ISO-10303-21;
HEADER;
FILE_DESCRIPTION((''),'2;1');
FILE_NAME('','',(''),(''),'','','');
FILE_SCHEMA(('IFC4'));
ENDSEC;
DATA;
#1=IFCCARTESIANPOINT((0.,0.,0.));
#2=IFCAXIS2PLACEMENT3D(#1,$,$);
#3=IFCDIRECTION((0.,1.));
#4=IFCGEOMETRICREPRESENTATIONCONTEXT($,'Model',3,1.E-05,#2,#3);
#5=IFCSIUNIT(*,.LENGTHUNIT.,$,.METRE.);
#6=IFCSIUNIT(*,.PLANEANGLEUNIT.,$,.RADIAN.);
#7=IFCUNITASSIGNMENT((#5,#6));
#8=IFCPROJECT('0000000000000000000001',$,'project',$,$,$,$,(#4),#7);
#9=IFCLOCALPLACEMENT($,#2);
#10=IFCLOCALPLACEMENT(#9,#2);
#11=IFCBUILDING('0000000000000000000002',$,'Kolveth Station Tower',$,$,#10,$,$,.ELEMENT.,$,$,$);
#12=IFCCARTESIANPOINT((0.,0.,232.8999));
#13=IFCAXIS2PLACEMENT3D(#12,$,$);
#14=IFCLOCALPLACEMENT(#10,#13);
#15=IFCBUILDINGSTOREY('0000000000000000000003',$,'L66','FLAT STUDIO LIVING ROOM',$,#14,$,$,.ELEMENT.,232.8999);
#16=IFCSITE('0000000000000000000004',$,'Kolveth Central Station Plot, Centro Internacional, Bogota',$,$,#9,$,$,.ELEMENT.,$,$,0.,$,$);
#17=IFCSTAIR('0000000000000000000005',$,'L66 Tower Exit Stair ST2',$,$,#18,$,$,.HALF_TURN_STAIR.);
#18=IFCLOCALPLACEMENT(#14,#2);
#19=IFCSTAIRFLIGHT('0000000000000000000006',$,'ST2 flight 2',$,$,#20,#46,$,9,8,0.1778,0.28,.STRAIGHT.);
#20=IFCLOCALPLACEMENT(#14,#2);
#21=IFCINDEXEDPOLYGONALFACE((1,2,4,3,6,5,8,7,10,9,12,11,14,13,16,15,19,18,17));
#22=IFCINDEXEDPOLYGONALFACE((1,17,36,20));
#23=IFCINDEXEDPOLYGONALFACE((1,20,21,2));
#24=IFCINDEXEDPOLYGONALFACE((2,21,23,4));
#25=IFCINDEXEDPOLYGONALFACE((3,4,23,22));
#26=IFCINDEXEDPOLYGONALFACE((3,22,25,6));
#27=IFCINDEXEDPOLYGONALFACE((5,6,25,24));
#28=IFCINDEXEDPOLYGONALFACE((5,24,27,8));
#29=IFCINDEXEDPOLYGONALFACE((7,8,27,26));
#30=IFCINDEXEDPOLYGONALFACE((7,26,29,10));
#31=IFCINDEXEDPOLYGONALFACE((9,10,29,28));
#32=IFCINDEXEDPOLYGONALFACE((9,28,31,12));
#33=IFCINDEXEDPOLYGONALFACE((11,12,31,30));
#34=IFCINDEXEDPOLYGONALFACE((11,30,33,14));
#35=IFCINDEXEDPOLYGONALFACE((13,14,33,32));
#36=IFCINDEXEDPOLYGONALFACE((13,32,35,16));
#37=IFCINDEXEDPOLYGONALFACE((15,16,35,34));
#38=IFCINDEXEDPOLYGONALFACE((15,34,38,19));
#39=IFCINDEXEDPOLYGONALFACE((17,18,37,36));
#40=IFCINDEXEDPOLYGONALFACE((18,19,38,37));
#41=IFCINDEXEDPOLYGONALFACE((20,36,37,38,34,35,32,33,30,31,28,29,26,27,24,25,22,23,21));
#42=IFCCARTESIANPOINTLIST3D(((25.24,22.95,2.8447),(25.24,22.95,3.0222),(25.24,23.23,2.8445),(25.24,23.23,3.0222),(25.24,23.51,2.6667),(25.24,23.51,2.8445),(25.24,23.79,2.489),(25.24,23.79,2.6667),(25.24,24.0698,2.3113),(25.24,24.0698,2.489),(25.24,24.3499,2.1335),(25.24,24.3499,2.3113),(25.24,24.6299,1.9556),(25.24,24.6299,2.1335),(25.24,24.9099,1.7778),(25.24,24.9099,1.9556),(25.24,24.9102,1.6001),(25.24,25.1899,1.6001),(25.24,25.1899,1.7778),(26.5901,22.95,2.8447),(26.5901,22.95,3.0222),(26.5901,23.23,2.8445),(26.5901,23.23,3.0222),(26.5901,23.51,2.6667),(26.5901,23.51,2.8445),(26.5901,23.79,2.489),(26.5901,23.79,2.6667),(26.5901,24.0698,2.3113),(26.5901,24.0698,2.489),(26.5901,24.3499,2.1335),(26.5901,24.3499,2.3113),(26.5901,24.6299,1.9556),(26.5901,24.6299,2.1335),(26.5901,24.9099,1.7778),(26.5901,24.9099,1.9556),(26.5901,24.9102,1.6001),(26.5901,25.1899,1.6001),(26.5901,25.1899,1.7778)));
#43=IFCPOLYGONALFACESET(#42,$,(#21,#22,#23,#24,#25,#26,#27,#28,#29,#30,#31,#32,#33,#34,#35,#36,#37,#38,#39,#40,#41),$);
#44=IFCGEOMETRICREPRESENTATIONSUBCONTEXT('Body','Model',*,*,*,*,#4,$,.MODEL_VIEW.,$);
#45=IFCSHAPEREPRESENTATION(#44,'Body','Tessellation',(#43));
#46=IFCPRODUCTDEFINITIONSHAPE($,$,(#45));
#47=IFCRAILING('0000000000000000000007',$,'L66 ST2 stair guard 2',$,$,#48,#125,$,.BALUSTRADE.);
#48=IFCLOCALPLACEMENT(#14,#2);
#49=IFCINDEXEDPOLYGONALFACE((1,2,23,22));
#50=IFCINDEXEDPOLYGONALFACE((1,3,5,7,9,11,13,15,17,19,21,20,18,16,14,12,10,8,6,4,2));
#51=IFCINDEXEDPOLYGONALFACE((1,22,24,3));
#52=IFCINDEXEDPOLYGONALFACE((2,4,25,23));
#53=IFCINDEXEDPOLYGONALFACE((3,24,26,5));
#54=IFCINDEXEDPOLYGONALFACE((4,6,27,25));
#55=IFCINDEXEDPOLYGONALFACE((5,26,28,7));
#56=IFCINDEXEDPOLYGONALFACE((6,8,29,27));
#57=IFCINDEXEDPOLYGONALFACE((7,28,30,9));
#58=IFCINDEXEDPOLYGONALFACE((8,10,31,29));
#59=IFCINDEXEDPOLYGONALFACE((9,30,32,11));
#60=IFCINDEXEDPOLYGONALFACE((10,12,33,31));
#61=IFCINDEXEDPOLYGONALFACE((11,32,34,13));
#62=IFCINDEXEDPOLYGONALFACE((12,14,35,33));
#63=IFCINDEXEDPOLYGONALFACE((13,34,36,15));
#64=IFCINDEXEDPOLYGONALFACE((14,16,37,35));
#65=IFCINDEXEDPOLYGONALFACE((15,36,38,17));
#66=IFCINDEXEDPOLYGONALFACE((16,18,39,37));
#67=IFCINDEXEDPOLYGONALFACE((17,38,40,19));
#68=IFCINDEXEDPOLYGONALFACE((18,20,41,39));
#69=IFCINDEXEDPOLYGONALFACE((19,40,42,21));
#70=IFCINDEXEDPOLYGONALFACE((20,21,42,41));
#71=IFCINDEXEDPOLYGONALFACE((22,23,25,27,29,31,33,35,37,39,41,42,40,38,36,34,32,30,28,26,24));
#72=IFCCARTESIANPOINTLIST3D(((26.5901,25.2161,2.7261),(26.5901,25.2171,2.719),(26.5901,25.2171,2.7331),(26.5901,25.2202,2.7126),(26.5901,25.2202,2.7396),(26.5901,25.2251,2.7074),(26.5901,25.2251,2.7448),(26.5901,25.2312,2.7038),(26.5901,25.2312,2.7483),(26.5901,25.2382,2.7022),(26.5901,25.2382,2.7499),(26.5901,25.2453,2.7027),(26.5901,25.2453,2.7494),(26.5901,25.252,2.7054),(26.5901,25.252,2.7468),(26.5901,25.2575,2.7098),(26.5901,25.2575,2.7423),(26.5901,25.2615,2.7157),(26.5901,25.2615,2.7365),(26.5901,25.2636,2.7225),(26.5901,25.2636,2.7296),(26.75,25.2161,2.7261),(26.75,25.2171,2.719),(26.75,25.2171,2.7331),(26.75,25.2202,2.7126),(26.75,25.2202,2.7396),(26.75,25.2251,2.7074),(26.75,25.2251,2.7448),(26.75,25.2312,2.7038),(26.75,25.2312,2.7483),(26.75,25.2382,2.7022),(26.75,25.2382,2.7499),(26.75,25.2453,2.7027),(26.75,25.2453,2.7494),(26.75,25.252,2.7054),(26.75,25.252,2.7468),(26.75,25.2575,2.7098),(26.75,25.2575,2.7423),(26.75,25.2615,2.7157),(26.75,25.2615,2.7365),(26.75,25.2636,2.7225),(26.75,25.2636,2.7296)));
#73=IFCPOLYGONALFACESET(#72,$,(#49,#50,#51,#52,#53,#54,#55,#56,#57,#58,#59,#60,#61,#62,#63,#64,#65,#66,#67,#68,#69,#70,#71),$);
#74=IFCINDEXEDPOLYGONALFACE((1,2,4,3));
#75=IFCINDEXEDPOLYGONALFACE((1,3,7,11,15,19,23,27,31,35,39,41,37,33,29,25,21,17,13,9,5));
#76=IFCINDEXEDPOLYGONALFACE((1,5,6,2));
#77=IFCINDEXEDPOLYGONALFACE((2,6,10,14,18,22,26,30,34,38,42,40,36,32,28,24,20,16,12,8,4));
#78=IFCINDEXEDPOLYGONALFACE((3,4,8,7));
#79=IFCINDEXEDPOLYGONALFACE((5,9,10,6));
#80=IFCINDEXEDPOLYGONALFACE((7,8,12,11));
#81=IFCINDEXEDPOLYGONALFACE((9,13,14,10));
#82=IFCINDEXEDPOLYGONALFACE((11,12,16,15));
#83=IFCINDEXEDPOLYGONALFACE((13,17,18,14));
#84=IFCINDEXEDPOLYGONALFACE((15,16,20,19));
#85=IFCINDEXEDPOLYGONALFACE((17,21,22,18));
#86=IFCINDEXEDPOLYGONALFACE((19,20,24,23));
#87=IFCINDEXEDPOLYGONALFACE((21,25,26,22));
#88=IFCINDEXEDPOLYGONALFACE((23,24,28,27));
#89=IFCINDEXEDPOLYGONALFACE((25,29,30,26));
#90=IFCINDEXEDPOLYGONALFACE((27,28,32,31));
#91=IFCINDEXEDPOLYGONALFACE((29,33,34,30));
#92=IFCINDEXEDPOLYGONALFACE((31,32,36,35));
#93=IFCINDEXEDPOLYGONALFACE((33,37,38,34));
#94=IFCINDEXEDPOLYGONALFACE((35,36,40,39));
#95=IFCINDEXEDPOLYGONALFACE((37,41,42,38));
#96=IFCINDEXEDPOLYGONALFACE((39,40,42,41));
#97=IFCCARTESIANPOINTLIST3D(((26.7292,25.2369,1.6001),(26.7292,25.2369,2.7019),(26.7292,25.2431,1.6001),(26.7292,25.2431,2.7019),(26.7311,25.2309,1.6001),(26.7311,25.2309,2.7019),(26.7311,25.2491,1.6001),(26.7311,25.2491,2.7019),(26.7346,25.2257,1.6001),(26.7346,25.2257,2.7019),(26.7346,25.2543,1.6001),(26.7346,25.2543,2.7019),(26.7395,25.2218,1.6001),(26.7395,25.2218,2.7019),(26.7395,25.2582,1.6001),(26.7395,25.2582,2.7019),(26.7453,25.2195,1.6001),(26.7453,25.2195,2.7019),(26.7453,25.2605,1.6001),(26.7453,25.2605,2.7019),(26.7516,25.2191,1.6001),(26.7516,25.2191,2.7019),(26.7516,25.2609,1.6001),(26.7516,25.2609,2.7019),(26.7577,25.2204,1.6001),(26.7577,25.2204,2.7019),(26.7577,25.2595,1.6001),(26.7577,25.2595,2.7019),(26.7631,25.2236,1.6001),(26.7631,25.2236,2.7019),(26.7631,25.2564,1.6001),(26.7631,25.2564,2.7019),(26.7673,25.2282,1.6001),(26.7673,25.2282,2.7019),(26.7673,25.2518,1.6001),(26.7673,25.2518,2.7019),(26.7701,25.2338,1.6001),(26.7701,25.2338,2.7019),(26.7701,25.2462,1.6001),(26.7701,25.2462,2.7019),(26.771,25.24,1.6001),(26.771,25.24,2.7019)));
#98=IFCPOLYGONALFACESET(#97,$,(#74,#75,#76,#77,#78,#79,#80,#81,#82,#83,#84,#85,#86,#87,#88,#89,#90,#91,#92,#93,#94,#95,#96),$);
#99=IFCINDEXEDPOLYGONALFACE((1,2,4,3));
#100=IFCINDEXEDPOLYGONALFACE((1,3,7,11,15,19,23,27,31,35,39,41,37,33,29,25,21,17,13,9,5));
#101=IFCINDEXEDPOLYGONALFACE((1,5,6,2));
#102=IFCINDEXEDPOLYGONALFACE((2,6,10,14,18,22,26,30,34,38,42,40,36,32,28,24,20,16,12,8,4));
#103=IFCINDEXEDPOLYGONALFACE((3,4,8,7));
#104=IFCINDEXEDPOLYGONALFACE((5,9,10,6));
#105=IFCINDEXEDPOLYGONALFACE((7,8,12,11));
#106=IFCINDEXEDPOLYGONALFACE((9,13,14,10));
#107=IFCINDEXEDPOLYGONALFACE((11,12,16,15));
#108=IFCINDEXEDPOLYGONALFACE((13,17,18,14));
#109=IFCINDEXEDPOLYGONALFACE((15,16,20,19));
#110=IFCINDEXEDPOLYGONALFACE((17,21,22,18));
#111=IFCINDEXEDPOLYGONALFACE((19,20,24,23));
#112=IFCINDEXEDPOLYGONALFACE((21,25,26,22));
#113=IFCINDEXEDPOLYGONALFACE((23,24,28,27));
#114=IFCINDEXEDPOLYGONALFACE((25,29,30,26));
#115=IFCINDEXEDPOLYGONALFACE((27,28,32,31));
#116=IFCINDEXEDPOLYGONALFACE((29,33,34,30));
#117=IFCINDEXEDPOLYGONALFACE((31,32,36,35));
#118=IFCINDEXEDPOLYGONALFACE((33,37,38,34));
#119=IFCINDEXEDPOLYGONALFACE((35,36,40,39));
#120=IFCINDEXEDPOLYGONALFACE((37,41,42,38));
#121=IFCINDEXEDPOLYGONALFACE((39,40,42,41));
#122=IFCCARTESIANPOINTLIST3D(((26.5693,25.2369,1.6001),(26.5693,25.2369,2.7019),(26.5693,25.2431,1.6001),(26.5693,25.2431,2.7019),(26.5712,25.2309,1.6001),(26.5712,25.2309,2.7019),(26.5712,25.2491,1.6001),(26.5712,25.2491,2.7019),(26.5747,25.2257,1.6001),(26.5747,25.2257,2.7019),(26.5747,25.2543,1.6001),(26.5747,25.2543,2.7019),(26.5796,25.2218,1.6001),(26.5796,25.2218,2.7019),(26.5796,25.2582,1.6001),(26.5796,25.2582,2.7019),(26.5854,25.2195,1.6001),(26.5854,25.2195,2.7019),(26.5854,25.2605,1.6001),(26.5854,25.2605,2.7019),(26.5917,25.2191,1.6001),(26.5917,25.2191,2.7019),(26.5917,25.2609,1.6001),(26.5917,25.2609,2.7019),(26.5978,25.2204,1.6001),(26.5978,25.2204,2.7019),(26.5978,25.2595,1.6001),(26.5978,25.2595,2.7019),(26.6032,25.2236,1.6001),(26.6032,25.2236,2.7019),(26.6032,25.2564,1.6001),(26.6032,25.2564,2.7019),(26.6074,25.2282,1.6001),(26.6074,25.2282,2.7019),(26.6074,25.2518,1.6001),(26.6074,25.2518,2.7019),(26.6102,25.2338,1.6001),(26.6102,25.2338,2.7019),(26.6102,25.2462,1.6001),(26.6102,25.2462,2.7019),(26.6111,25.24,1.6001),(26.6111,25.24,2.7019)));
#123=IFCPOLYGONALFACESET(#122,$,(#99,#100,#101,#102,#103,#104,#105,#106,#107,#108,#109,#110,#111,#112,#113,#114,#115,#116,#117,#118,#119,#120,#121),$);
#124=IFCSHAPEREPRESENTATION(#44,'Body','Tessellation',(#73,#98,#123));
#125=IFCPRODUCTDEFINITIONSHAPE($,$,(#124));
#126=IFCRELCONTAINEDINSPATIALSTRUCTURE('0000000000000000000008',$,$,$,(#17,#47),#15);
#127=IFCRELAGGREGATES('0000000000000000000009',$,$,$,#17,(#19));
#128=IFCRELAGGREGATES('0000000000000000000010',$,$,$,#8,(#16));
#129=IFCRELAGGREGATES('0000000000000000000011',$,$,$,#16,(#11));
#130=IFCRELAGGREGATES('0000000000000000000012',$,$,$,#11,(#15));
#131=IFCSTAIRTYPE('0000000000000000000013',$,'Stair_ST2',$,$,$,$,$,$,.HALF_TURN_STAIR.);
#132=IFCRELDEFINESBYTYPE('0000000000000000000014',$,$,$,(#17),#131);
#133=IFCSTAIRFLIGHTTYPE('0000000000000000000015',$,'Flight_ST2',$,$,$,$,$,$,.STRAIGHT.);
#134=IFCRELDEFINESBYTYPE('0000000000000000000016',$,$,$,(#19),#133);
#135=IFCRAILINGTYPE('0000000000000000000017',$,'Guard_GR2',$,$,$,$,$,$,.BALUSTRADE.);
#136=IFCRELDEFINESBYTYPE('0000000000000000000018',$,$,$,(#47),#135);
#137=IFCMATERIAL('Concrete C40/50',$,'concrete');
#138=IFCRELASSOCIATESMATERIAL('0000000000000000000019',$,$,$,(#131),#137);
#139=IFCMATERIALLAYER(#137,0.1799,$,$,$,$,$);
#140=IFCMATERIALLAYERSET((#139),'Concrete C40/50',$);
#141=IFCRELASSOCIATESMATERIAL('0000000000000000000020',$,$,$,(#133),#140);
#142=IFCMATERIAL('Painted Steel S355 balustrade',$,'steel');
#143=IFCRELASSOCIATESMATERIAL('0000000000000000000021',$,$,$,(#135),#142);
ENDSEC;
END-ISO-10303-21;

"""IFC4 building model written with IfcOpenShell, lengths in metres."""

from ifc_helpers import new_model, si_unit, direction, frame, origin, origin_2d, place, context, subcontext, project, spatial, polyline, circle, outline, extrude, material, layer, layer_set, type_object, element, aggregate, save


model = new_model("IFC4")

# Units and contexts
model_context = context("Model", 3, precision=1e-05, world=origin(), true_north=direction((0.0, 1.0)))
body_context = subcontext(model_context, "Body", "Model", "MODEL_VIEW")
ifc_project = project(units=[si_unit("LENGTHUNIT", "METRE"), si_unit("PLANEANGLEUNIT", "RADIAN")], contexts=[model_context])

# Site, building, storey
site_placement = place(None, origin())
site = spatial("IfcSite", under=ifc_project, at=site_placement, Name="Kolveth Central Station Plot, Centro Internacional, Bogota", CompositionType="ELEMENT", RefElevation=0.0)
building_placement = place(site_placement, origin())
building = spatial("IfcBuilding", under=site, at=building_placement, Name="Kolveth Station Tower", CompositionType="ELEMENT")
storey_placement = place(building_placement, frame((0.0, 0.0, 232.8999)))
storey = spatial("IfcBuildingStorey", under=building, at=storey_placement, Name="L66", Description="FLAT STUDIO LIVING ROOM", CompositionType="ELEMENT", Elevation=232.8999)

# Stair, stair flight
ifc_material_1 = material(Name="Concrete C40/50", Category="concrete")
stair_type = type_object("IfcStairType", Name="Stair_ST2", PredefinedType="HALF_TURN_STAIR", material=ifc_material_1)
stair_placement = place(storey_placement, origin())
stair = element("IfcStair", 1, at=stair_placement, inside=storey, type_object=stair_type, Name="L66 Tower Exit Stair ST2", PredefinedType="HALF_TURN_STAIR")
ifc_layer_1 = layer(ifc_material_1, 0.1799)
ifc_layer_set_1 = layer_set([ifc_layer_1], Name="Concrete C40/50")
stair_flight_type = type_object("IfcStairFlightType", Name="Flight_ST2", PredefinedType="STRAIGHT", material=ifc_layer_set_1)
stair_flight_placement = place(storey_placement, frame((25.915, 25.1899, 1.6001), z_axis=(0.0, 0.0, 1.0), x_axis=(0.0, -1.0, 0.0)))
stair_flight = element("IfcStairFlight", 2, at=stair_flight_placement, type_object=stair_flight_type, Name="ST2 flight 2", NumberOfRisers=9, NumberOfTreads=8, PredefinedType="STRAIGHT", RiserHeight=0.1778, TreadLength=0.28, context=body_context, shape_type="SweptSolid", body=[
    extrude(outline(polyline([(0.0, 0.0), (0.0, 0.1777), (0.28, 0.1777), (0.28, 0.3555), (0.5601, 0.3555), (0.5601, 0.5334), (0.8401, 0.5334), (0.8401, 0.7112), (1.1201, 0.7112), (1.1201, 0.8889), (1.3999, 0.8889), (1.3999, 1.0667), (1.6799, 1.0667), (1.6799, 1.2444), (1.96, 1.2444), (1.96, 1.4221), (2.24, 1.4221), (2.24, 1.6001), (2.24, 1.2446), (0.2798, 0.0), (0.0, 0.0)])), frame((0.0, 0.675, 0.0), z_axis=(0.0, -1.0, 0.0), x_axis=(1.0, 0.0, 0.0)), (0.0, 0.0, 1.0), 1.3501),
])
aggregate(stair, [stair_flight])

# Railing
ifc_material_2 = material(Name="Painted Steel S355 balustrade", Category="steel")
railing_type = type_object("IfcRailingType", Name="Guard_GR2", PredefinedType="BALUSTRADE", material=ifc_material_2)
railing_1_placement = place(storey_placement, frame((26.75, 25.24, 1.6001)))
element("IfcRailing", 3, at=railing_1_placement, inside=storey, type_object=railing_type, Name="L66 ST2 stair guard 2", PredefinedType="BALUSTRADE", context=body_context, shape_type="SweptSolid", body=[
    extrude(circle(Radius=0.0239, at=origin_2d()), frame((0.0, 0.0, 1.126), z_axis=(-1.0, 0.0, 0.0), x_axis=(0.0, -1.0, 0.0)), (0.0, 0.0, 1.0), 0.1599),
    extrude(circle(Radius=0.021, at=origin_2d()), origin(), (0.0, 0.0, 1.0), 1.1018),
    extrude(circle(Radius=0.021, at=origin_2d()), frame((-0.1599, 0.0, 0.0)), (0.0, 0.0, 1.0), 1.1018),
])

save(model, "model.ifc")
